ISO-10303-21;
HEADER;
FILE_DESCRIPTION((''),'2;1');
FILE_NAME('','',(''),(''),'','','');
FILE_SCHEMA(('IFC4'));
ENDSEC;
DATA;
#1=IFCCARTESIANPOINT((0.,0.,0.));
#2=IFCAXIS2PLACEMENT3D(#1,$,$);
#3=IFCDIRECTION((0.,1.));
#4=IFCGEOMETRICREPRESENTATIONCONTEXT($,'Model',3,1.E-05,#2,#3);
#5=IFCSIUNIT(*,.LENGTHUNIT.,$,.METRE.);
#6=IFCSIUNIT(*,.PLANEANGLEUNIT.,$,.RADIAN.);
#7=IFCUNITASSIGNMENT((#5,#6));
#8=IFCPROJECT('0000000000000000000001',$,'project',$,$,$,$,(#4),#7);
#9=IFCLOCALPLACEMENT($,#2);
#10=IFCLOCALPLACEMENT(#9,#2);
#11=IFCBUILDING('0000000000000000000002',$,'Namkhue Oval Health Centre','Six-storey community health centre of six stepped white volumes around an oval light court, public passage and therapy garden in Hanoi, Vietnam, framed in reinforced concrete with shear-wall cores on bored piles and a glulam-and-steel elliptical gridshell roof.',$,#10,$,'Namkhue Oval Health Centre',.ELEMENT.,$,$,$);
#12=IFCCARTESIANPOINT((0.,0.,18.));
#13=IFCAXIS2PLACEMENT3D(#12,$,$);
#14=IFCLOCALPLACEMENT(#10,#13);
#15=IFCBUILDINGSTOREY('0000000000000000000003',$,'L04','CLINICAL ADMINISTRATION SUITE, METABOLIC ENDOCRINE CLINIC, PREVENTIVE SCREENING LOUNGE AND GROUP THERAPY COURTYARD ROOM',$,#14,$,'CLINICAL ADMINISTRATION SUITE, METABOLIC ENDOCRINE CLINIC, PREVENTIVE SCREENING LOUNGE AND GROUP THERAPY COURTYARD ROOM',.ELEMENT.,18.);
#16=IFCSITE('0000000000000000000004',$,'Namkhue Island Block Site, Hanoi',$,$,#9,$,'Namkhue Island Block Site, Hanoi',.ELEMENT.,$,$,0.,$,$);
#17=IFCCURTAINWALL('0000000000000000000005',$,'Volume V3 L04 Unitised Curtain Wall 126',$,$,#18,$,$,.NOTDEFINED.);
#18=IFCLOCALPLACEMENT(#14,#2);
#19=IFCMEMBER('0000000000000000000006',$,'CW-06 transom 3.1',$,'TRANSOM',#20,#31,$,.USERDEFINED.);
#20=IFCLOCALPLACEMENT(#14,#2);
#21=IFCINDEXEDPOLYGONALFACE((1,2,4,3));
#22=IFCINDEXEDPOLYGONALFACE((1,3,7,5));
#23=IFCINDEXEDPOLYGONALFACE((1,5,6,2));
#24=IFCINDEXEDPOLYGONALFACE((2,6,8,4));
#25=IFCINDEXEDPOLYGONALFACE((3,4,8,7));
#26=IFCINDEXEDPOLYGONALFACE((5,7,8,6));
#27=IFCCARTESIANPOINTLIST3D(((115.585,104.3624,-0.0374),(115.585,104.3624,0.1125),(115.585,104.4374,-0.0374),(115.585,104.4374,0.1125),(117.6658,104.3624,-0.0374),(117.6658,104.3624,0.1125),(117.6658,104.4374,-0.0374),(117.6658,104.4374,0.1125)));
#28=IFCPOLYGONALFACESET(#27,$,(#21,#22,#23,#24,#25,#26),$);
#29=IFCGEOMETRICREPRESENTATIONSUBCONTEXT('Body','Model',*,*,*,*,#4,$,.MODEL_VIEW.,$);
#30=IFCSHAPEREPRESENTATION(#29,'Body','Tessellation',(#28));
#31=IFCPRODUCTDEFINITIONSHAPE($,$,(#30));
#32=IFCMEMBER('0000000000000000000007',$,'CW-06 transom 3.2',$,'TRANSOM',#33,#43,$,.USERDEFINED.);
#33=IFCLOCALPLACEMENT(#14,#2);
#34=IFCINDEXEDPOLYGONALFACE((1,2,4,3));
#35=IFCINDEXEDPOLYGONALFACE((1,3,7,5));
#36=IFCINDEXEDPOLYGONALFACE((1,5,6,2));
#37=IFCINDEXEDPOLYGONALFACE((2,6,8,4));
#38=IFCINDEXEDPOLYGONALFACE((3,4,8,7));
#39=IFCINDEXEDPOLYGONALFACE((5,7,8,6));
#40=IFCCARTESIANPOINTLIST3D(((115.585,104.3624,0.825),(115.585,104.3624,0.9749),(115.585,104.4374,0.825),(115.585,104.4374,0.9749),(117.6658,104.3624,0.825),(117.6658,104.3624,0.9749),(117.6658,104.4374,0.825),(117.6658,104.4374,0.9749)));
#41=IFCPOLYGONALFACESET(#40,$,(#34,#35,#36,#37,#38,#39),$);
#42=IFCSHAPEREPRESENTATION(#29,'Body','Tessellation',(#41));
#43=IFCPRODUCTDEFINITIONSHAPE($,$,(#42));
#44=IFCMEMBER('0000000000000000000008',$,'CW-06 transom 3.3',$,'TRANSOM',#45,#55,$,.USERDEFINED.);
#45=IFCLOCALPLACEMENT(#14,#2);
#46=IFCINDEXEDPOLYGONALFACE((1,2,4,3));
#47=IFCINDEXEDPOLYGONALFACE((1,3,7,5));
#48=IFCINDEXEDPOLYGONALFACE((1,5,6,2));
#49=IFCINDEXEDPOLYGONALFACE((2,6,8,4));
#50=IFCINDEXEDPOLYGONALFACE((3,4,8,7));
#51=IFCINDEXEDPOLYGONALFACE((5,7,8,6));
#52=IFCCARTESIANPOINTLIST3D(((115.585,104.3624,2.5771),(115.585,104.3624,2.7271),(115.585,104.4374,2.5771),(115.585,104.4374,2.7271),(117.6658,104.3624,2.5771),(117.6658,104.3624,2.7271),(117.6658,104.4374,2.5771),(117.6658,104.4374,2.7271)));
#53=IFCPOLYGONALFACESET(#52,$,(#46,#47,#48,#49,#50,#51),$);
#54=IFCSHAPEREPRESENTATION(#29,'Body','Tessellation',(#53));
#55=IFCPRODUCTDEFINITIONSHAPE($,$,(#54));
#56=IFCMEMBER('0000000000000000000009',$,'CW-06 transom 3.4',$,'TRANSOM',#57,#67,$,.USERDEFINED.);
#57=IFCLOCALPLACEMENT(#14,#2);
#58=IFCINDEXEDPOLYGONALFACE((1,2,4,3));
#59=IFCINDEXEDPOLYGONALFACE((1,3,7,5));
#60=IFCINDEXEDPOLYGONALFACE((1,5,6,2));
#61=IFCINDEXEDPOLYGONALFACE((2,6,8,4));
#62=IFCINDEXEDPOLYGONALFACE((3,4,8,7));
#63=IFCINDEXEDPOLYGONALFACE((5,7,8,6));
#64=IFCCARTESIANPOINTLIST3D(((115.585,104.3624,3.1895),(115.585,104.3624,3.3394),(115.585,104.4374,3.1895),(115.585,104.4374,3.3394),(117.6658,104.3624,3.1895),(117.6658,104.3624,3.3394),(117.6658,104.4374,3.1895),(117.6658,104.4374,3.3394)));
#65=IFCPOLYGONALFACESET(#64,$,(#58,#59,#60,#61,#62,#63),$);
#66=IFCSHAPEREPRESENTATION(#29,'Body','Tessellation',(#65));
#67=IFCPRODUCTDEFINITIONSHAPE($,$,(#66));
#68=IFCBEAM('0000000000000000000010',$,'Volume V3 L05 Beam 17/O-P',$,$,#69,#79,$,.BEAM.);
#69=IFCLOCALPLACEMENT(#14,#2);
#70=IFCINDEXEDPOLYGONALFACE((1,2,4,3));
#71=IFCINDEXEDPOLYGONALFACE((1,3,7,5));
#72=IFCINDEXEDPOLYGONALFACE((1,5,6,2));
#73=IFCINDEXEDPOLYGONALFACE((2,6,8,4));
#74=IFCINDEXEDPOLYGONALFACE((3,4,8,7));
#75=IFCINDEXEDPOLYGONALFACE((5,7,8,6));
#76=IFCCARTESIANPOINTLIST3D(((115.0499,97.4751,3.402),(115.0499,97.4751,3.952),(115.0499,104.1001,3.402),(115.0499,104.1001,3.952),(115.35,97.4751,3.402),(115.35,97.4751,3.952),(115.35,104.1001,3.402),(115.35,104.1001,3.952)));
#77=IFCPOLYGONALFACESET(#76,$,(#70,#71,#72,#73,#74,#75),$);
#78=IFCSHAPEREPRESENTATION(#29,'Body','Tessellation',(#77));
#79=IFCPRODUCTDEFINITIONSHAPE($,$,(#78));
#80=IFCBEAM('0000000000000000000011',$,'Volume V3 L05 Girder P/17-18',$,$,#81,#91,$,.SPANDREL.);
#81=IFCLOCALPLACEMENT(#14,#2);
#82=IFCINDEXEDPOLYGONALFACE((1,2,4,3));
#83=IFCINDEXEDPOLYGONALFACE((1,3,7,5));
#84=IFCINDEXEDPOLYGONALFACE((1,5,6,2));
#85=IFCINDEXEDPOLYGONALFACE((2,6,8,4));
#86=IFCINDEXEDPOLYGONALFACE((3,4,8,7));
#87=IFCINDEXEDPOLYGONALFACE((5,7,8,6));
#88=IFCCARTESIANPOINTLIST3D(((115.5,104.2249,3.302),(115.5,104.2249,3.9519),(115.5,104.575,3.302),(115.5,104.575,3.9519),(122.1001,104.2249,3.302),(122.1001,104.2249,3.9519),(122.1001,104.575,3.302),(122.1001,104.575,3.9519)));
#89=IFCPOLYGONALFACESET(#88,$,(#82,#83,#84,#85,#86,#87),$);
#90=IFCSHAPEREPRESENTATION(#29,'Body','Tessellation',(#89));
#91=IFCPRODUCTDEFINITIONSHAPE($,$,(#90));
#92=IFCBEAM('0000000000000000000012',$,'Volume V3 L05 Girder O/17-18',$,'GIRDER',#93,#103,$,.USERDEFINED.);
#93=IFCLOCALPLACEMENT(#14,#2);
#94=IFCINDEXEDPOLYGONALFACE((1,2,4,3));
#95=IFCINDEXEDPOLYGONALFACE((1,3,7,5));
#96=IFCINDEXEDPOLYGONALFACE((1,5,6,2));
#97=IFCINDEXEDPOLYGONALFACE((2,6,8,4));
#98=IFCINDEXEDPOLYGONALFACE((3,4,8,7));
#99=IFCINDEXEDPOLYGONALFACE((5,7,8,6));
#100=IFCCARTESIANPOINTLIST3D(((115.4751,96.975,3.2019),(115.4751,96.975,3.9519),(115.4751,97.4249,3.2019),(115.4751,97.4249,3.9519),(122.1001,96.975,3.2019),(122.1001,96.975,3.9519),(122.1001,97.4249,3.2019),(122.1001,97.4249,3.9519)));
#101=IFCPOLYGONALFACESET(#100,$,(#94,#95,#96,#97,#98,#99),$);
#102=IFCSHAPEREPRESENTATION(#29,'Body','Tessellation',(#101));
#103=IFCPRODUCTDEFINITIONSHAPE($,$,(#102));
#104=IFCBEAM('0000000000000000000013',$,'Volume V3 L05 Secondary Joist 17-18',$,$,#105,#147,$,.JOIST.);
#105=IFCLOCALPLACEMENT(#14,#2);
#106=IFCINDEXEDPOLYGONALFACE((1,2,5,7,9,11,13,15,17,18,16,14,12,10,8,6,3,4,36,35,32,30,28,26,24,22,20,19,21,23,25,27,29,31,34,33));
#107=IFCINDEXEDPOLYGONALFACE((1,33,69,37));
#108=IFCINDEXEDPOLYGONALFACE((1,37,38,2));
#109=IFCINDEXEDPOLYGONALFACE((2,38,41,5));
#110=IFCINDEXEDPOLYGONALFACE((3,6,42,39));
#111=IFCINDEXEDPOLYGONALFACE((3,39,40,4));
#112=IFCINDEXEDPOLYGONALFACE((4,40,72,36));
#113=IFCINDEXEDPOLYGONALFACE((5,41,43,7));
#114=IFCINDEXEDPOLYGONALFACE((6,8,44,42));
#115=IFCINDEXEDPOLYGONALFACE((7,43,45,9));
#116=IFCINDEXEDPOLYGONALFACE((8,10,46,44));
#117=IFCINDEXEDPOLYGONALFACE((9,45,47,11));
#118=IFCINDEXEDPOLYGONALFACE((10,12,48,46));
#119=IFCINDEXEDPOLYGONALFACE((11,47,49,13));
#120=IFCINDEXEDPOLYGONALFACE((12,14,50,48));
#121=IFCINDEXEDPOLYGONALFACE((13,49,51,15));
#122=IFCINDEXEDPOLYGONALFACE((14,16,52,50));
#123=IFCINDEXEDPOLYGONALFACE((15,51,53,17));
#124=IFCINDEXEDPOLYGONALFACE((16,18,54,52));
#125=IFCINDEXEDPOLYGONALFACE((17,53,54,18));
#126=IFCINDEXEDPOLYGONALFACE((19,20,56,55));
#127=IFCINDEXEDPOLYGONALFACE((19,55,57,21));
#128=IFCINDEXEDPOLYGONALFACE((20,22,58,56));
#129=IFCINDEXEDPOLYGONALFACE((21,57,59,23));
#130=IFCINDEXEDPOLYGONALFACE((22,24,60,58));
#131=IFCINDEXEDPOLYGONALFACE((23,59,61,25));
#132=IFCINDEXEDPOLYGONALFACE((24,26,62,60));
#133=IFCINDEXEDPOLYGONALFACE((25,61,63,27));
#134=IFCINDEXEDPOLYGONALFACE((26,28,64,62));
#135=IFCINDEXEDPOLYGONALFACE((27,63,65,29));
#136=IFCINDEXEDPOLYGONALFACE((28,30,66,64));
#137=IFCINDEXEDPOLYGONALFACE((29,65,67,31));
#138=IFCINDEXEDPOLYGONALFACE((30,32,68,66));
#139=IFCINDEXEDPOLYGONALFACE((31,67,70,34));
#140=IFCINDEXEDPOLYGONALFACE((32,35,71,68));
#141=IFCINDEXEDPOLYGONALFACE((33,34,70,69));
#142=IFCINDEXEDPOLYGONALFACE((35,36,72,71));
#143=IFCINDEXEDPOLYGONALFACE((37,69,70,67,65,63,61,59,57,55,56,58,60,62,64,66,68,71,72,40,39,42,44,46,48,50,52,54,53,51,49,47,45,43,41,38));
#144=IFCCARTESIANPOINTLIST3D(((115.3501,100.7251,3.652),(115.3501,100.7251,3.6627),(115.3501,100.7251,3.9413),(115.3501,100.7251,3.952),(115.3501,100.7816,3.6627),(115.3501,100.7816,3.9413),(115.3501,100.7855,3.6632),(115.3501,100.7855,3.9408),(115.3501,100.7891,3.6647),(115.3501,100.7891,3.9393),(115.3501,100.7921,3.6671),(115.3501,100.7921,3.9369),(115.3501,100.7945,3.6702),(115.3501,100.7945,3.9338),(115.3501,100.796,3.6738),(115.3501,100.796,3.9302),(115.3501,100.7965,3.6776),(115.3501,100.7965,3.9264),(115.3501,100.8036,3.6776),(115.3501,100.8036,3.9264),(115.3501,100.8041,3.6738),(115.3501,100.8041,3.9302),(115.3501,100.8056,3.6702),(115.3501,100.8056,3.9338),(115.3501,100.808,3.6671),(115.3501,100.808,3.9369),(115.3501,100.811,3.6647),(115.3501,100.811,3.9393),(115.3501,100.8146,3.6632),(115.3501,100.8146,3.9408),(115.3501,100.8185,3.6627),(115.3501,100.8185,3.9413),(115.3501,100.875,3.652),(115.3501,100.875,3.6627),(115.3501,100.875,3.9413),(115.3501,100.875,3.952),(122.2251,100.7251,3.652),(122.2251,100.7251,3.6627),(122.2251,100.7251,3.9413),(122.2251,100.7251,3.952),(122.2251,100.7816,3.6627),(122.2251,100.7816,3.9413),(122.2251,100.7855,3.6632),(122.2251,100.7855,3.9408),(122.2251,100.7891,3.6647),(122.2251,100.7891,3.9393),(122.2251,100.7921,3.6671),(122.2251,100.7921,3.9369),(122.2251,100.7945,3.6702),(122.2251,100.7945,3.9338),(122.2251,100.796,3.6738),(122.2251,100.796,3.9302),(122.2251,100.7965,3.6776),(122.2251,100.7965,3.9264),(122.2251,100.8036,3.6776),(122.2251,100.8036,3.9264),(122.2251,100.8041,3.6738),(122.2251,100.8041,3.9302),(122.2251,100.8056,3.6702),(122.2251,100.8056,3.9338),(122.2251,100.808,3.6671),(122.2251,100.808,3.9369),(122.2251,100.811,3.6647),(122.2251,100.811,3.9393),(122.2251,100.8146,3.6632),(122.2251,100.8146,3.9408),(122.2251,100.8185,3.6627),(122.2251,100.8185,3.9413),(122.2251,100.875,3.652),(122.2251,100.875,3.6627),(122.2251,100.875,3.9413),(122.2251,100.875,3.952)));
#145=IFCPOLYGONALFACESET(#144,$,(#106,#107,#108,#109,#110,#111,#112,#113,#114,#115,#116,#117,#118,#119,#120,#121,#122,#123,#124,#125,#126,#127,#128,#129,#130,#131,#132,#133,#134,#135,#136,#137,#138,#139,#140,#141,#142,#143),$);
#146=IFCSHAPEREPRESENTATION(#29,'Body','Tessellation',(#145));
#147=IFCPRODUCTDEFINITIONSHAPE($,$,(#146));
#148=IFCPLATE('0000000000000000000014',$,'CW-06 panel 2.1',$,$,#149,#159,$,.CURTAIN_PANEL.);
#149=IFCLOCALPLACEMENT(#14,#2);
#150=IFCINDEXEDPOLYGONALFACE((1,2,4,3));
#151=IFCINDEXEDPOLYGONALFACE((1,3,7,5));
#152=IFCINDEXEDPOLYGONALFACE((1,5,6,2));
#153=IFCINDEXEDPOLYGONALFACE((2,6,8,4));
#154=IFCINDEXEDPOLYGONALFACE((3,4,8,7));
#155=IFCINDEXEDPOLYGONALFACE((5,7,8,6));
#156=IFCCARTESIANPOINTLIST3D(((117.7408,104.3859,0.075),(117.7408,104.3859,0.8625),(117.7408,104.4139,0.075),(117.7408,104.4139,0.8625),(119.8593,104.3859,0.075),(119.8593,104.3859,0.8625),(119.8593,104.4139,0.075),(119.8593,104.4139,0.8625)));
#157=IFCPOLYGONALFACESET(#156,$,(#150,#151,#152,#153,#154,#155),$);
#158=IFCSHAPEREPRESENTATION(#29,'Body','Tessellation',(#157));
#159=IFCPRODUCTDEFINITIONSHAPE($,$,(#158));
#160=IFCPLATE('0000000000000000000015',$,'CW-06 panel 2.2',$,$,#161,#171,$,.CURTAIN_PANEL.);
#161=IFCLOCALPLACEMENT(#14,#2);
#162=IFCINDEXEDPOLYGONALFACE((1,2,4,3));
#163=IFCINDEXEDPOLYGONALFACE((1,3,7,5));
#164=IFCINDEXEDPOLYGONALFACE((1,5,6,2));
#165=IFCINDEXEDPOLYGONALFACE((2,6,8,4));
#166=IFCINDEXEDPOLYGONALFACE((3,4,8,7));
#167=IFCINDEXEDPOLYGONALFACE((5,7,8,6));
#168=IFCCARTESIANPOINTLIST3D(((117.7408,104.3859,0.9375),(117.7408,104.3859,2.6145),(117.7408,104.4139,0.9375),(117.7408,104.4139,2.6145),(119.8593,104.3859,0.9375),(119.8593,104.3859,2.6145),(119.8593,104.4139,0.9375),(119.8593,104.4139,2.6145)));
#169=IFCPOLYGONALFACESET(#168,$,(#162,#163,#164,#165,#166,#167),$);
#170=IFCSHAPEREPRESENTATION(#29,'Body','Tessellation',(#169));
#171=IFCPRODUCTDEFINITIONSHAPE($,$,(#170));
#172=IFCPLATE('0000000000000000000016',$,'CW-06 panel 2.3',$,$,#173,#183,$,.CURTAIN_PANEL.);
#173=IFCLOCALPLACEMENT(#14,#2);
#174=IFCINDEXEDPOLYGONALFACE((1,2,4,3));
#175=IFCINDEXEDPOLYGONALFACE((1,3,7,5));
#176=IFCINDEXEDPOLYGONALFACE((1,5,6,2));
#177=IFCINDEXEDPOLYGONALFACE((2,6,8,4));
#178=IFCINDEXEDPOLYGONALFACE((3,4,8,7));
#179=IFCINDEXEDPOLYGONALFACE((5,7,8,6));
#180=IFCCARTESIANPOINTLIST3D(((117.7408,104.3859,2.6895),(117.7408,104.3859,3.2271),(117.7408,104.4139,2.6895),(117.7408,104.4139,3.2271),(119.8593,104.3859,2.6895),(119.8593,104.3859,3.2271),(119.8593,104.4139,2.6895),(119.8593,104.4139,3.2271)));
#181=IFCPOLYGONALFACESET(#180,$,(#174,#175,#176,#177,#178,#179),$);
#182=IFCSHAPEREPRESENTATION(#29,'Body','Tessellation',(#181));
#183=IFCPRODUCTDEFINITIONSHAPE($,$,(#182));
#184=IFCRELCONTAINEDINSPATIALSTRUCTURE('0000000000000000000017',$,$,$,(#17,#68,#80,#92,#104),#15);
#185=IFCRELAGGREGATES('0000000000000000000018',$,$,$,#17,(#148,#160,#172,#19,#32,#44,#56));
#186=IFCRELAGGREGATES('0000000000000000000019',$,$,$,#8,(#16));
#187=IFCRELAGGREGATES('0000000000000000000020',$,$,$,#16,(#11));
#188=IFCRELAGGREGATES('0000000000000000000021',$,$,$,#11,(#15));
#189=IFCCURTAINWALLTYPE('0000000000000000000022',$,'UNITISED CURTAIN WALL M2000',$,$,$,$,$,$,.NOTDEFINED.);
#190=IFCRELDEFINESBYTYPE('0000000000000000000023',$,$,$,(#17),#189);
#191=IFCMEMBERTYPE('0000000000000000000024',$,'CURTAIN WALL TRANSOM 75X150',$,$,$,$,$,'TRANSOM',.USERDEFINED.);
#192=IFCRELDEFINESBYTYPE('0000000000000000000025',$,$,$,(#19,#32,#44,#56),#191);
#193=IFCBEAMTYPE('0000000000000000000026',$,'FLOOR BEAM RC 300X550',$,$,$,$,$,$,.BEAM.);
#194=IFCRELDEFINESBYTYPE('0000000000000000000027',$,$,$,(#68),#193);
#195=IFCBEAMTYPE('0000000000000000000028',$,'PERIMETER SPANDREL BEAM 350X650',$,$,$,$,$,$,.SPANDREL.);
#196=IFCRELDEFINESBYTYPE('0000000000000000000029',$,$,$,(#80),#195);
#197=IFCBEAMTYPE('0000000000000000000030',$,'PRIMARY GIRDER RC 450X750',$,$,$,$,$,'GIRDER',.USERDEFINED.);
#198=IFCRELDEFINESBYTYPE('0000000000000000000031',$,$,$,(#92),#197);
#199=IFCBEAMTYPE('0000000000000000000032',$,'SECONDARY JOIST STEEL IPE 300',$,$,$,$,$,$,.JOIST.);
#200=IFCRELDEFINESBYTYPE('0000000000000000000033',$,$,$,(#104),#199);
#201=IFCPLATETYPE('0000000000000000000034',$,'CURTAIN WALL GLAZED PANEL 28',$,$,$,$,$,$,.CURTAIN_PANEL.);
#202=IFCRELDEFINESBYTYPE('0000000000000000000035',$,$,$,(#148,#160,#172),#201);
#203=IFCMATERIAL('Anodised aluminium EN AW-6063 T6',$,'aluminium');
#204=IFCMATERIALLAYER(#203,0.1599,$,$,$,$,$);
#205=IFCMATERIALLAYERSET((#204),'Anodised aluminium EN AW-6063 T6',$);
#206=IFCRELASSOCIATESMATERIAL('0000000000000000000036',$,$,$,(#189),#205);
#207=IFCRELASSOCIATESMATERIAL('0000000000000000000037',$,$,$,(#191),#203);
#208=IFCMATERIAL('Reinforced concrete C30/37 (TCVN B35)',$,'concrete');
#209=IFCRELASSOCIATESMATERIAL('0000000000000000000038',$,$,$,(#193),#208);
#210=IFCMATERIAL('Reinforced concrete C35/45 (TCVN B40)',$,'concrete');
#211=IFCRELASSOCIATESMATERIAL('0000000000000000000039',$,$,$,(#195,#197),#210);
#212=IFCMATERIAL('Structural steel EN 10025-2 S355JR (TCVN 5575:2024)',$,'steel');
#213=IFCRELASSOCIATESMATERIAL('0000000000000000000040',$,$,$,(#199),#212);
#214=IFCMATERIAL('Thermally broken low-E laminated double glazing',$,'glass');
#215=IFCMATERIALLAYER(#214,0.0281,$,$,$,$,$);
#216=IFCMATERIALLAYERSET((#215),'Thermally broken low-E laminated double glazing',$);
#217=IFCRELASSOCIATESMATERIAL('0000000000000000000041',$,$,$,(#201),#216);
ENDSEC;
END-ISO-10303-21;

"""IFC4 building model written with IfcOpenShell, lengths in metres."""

from ifc_helpers import new_model, si_unit, direction, frame, origin, origin_2d, place, context, subcontext, project, spatial, rectangle, i_section, extrude, material, layer, layer_set, material_profile, profile_set, type_object, element, aggregate, save


model = new_model("IFC4")

# Units and contexts
model_context = context("Model", 3, precision=1e-05, world=origin(), true_north=direction((0.0, 1.0)))
body_context = subcontext(model_context, "Body", "Model", "MODEL_VIEW")
ifc_project = project(units=[si_unit("LENGTHUNIT", "METRE"), si_unit("PLANEANGLEUNIT", "RADIAN")], contexts=[model_context])

# Site, building, storey
site_placement = place(None, origin())
site = spatial("IfcSite", under=ifc_project, at=site_placement, Name="Namkhue Island Block Site, Hanoi", LongName="Namkhue Island Block Site, Hanoi", CompositionType="ELEMENT", RefElevation=0.0)
building_placement = place(site_placement, origin())
building = spatial("IfcBuilding", under=site, at=building_placement, Name="Namkhue Oval Health Centre", Description="Six-storey community health centre of six stepped white volumes around an oval light court, public passage and therapy garden in Hanoi, Vietnam, framed in reinforced concrete with shear-wall cores on bored piles and a glulam-and-steel elliptical gridshell roof.", LongName="Namkhue Oval Health Centre", CompositionType="ELEMENT")
storey_placement = place(building_placement, frame((0.0, 0.0, 18.0)))
storey = spatial("IfcBuildingStorey", under=building, at=storey_placement, Name="L04", Description="CLINICAL ADMINISTRATION SUITE, METABOLIC ENDOCRINE CLINIC, PREVENTIVE SCREENING LOUNGE AND GROUP THERAPY COURTYARD ROOM", LongName="CLINICAL ADMINISTRATION SUITE, METABOLIC ENDOCRINE CLINIC, PREVENTIVE SCREENING LOUNGE AND GROUP THERAPY COURTYARD ROOM", CompositionType="ELEMENT", Elevation=18.0)

# Shared definitions
ifc_material_1 = material(Name="Reinforced concrete C35/45 (TCVN B40)", Category="concrete")

# Curtain wall, members
ifc_material_2 = material(Name="Anodised aluminium EN AW-6063 T6", Category="aluminium")
ifc_layer_1 = layer(ifc_material_2, 0.1599)
ifc_layer_set_1 = layer_set([ifc_layer_1], Name="Anodised aluminium EN AW-6063 T6")
curtain_wall_type = type_object("IfcCurtainWallType", Name="UNITISED CURTAIN WALL M2000", PredefinedType="NOTDEFINED", material=ifc_layer_set_1)
curtain_wall_placement = place(storey_placement, origin())
curtain_wall = element("IfcCurtainWall", 1, at=curtain_wall_placement, inside=storey, type_object=curtain_wall_type, Name="Volume V3 L04 Unitised Curtain Wall 126", PredefinedType="NOTDEFINED")
ifc_material_profile_1 = material_profile(ifc_material_2, rectangle(XDim=0.075, YDim=0.1499, at=origin_2d()), Name="ALU 75x150")
ifc_profile_set_1 = profile_set([ifc_material_profile_1], Name="Anodised aluminium EN AW-6063 T6")
member_type_1 = type_object("IfcMemberType", Name="CURTAIN WALL TRANSOM 75X150", ElementType="TRANSOM", PredefinedType="USERDEFINED", material=ifc_profile_set_1)
member_1_placement = place(storey_placement, frame((117.6658, 104.3999, 0.0376), z_axis=(-1.0, 0.0, 0.0), x_axis=(0.0, -1.0, 0.0)))
member_1 = element("IfcMember", 2, at=member_1_placement, type_object=member_type_1, Name="CW-06 transom 3.1", ObjectType="TRANSOM", PredefinedType="USERDEFINED", context=body_context, shape_type="SweptSolid", body=[
    extrude(rectangle(XDim=0.075, YDim=0.1499, at=origin_2d()), origin(), (0.0, 0.0, 1.0), 2.0808),
])
member_2_placement = place(storey_placement, frame((117.6658, 104.3999, 0.8999), z_axis=(-1.0, 0.0, 0.0), x_axis=(0.0, -1.0, 0.0)))
member_2 = element("IfcMember", 3, at=member_2_placement, type_object=member_type_1, Name="CW-06 transom 3.2", ObjectType="TRANSOM", PredefinedType="USERDEFINED", context=body_context, shape_type="SweptSolid", body=[
    extrude(rectangle(XDim=0.075, YDim=0.1499, at=origin_2d()), origin(), (0.0, 0.0, 1.0), 2.0808),
])
member_3_placement = place(storey_placement, frame((117.6658, 104.3999, 2.6521), z_axis=(-1.0, 0.0, 0.0), x_axis=(0.0, -1.0, 0.0)))
member_3 = element("IfcMember", 4, at=member_3_placement, type_object=member_type_1, Name="CW-06 transom 3.3", ObjectType="TRANSOM", PredefinedType="USERDEFINED", context=body_context, shape_type="SweptSolid", body=[
    extrude(rectangle(XDim=0.075, YDim=0.1499, at=origin_2d()), origin(), (0.0, 0.0, 1.0), 2.0808),
])
member_4_placement = place(storey_placement, frame((117.6658, 104.3999, 3.2644), z_axis=(-1.0, 0.0, 0.0), x_axis=(0.0, -1.0, 0.0)))
member_4 = element("IfcMember", 5, at=member_4_placement, type_object=member_type_1, Name="CW-06 transom 3.4", ObjectType="TRANSOM", PredefinedType="USERDEFINED", context=body_context, shape_type="SweptSolid", body=[
    extrude(rectangle(XDim=0.075, YDim=0.1499, at=origin_2d()), origin(), (0.0, 0.0, 1.0), 2.0808),
])

# Beams
ifc_material_3 = material(Name="Reinforced concrete C30/37 (TCVN B35)", Category="concrete")
ifc_material_profile_2 = material_profile(ifc_material_3, rectangle(XDim=0.3, YDim=0.55, at=origin_2d()), Name="RC 300x550")
ifc_profile_set_2 = profile_set([ifc_material_profile_2], Name="Reinforced concrete C30/37 (TCVN B35)")
beam_type_1 = type_object("IfcBeamType", Name="FLOOR BEAM RC 300X550", PredefinedType="BEAM", material=ifc_profile_set_2)
beam_1_placement = place(storey_placement, frame((115.2, 97.4751, 3.677), z_axis=(0.0, 1.0, 0.0), x_axis=(-1.0, 0.0, 0.0)))
element("IfcBeam", 6, at=beam_1_placement, inside=storey, type_object=beam_type_1, Name="Volume V3 L05 Beam 17/O-P", PredefinedType="BEAM", context=body_context, shape_type="SweptSolid", body=[
    extrude(rectangle(XDim=0.3, YDim=0.55, at=origin_2d()), origin(), (0.0, 0.0, 1.0), 6.625),
])
ifc_material_profile_3 = material_profile(ifc_material_1, rectangle(XDim=0.3501, YDim=0.6499, at=origin_2d()), Name="RC 350x650")
ifc_profile_set_3 = profile_set([ifc_material_profile_3], Name="Reinforced concrete C35/45 (TCVN B40)")
beam_type_2 = type_object("IfcBeamType", Name="PERIMETER SPANDREL BEAM 350X650", PredefinedType="SPANDREL", material=ifc_profile_set_3)
beam_2_placement = place(storey_placement, frame((115.5, 104.3999, 3.627), z_axis=(1.0, 0.0, 0.0), x_axis=(0.0, 1.0, 0.0)))
element("IfcBeam", 7, at=beam_2_placement, inside=storey, type_object=beam_type_2, Name="Volume V3 L05 Girder P/17-18", PredefinedType="SPANDREL", context=body_context, shape_type="SweptSolid", body=[
    extrude(rectangle(XDim=0.3501, YDim=0.6499, at=origin_2d()), origin(), (0.0, 0.0, 1.0), 6.6001),
])
ifc_material_profile_4 = material_profile(ifc_material_1, rectangle(XDim=0.45, YDim=0.75, at=origin_2d()), Name="RC 450x750")
ifc_profile_set_4 = profile_set([ifc_material_profile_4], Name="Reinforced concrete C35/45 (TCVN B40)")
beam_type_3 = type_object("IfcBeamType", Name="PRIMARY GIRDER RC 450X750", ElementType="GIRDER", PredefinedType="USERDEFINED", material=ifc_profile_set_4)
beam_3_placement = place(storey_placement, frame((115.4751, 97.2, 3.5769), z_axis=(1.0, 0.0, 0.0), x_axis=(0.0, 1.0, 0.0)))
element("IfcBeam", 8, at=beam_3_placement, inside=storey, type_object=beam_type_3, Name="Volume V3 L05 Girder O/17-18", ObjectType="GIRDER", PredefinedType="USERDEFINED", context=body_context, shape_type="SweptSolid", body=[
    extrude(rectangle(XDim=0.45, YDim=0.75, at=origin_2d()), origin(), (0.0, 0.0, 1.0), 6.625),
])
ifc_material_4 = material(Name="Structural steel EN 10025-2 S355JR (TCVN 5575:2024)", Category="steel")
ifc_material_profile_5 = material_profile(ifc_material_4, i_section(OverallWidth=0.1499, OverallDepth=0.3, WebThickness=0.0071, FlangeThickness=0.0107, FilletRadius=0.0149, at=origin_2d()), Name="IPE 300")
ifc_profile_set_5 = profile_set([ifc_material_profile_5], Name="Structural steel EN 10025-2 S355JR (TCVN 5575:2024)")
beam_type_4 = type_object("IfcBeamType", Name="SECONDARY JOIST STEEL IPE 300", PredefinedType="JOIST", material=ifc_profile_set_5)
beam_4_placement = place(storey_placement, frame((115.3501, 100.8, 3.802), z_axis=(1.0, 0.0, 0.0), x_axis=(0.0, 1.0, 0.0)))
element("IfcBeam", 9, at=beam_4_placement, inside=storey, type_object=beam_type_4, Name="Volume V3 L05 Secondary Joist 17-18", PredefinedType="JOIST", context=body_context, shape_type="SweptSolid", body=[
    extrude(i_section(OverallWidth=0.1499, OverallDepth=0.3, WebThickness=0.0071, FlangeThickness=0.0107, FilletRadius=0.0149, at=origin_2d()), origin(), (0.0, 0.0, 1.0), 6.875),
])

# Plates
ifc_material_5 = material(Name="Thermally broken low-E laminated double glazing", Category="glass")
ifc_layer_2 = layer(ifc_material_5, 0.0281)
ifc_layer_set_2 = layer_set([ifc_layer_2], Name="Thermally broken low-E laminated double glazing")
plate_type = type_object("IfcPlateType", Name="CURTAIN WALL GLAZED PANEL 28", PredefinedType="CURTAIN_PANEL", material=ifc_layer_set_2)
plate_1_placement = place(storey_placement, frame((118.8, 104.3999, 0.075), z_axis=(0.0, 0.0, 1.0), x_axis=(-1.0, 0.0, 0.0)))
plate_1 = element("IfcPlate", 10, at=plate_1_placement, type_object=plate_type, Name="CW-06 panel 2.1", PredefinedType="CURTAIN_PANEL", context=body_context, shape_type="SweptSolid", body=[
    extrude(rectangle(XDim=2.1184, YDim=0.0281, at=origin_2d()), origin(), (0.0, 0.0, 1.0), 0.7876),
])
plate_2_placement = place(storey_placement, frame((118.8, 104.3999, 0.9375), z_axis=(0.0, 0.0, 1.0), x_axis=(-1.0, 0.0, 0.0)))
plate_2 = element("IfcPlate", 11, at=plate_2_placement, type_object=plate_type, Name="CW-06 panel 2.2", PredefinedType="CURTAIN_PANEL", context=body_context, shape_type="SweptSolid", body=[
    extrude(rectangle(XDim=2.1184, YDim=0.0281, at=origin_2d()), origin(), (0.0, 0.0, 1.0), 1.677),
])
plate_3_placement = place(storey_placement, frame((118.8, 104.3999, 2.6895), z_axis=(0.0, 0.0, 1.0), x_axis=(-1.0, 0.0, 0.0)))
plate_3 = element("IfcPlate", 12, at=plate_3_placement, type_object=plate_type, Name="CW-06 panel 2.3", PredefinedType="CURTAIN_PANEL", context=body_context, shape_type="SweptSolid", body=[
    extrude(rectangle(XDim=2.1184, YDim=0.0281, at=origin_2d()), origin(), (0.0, 0.0, 1.0), 0.5376),
])
aggregate(curtain_wall, [plate_1, plate_2, plate_3, member_1, member_2, member_3, member_4])

save(model, "model.ifc")
